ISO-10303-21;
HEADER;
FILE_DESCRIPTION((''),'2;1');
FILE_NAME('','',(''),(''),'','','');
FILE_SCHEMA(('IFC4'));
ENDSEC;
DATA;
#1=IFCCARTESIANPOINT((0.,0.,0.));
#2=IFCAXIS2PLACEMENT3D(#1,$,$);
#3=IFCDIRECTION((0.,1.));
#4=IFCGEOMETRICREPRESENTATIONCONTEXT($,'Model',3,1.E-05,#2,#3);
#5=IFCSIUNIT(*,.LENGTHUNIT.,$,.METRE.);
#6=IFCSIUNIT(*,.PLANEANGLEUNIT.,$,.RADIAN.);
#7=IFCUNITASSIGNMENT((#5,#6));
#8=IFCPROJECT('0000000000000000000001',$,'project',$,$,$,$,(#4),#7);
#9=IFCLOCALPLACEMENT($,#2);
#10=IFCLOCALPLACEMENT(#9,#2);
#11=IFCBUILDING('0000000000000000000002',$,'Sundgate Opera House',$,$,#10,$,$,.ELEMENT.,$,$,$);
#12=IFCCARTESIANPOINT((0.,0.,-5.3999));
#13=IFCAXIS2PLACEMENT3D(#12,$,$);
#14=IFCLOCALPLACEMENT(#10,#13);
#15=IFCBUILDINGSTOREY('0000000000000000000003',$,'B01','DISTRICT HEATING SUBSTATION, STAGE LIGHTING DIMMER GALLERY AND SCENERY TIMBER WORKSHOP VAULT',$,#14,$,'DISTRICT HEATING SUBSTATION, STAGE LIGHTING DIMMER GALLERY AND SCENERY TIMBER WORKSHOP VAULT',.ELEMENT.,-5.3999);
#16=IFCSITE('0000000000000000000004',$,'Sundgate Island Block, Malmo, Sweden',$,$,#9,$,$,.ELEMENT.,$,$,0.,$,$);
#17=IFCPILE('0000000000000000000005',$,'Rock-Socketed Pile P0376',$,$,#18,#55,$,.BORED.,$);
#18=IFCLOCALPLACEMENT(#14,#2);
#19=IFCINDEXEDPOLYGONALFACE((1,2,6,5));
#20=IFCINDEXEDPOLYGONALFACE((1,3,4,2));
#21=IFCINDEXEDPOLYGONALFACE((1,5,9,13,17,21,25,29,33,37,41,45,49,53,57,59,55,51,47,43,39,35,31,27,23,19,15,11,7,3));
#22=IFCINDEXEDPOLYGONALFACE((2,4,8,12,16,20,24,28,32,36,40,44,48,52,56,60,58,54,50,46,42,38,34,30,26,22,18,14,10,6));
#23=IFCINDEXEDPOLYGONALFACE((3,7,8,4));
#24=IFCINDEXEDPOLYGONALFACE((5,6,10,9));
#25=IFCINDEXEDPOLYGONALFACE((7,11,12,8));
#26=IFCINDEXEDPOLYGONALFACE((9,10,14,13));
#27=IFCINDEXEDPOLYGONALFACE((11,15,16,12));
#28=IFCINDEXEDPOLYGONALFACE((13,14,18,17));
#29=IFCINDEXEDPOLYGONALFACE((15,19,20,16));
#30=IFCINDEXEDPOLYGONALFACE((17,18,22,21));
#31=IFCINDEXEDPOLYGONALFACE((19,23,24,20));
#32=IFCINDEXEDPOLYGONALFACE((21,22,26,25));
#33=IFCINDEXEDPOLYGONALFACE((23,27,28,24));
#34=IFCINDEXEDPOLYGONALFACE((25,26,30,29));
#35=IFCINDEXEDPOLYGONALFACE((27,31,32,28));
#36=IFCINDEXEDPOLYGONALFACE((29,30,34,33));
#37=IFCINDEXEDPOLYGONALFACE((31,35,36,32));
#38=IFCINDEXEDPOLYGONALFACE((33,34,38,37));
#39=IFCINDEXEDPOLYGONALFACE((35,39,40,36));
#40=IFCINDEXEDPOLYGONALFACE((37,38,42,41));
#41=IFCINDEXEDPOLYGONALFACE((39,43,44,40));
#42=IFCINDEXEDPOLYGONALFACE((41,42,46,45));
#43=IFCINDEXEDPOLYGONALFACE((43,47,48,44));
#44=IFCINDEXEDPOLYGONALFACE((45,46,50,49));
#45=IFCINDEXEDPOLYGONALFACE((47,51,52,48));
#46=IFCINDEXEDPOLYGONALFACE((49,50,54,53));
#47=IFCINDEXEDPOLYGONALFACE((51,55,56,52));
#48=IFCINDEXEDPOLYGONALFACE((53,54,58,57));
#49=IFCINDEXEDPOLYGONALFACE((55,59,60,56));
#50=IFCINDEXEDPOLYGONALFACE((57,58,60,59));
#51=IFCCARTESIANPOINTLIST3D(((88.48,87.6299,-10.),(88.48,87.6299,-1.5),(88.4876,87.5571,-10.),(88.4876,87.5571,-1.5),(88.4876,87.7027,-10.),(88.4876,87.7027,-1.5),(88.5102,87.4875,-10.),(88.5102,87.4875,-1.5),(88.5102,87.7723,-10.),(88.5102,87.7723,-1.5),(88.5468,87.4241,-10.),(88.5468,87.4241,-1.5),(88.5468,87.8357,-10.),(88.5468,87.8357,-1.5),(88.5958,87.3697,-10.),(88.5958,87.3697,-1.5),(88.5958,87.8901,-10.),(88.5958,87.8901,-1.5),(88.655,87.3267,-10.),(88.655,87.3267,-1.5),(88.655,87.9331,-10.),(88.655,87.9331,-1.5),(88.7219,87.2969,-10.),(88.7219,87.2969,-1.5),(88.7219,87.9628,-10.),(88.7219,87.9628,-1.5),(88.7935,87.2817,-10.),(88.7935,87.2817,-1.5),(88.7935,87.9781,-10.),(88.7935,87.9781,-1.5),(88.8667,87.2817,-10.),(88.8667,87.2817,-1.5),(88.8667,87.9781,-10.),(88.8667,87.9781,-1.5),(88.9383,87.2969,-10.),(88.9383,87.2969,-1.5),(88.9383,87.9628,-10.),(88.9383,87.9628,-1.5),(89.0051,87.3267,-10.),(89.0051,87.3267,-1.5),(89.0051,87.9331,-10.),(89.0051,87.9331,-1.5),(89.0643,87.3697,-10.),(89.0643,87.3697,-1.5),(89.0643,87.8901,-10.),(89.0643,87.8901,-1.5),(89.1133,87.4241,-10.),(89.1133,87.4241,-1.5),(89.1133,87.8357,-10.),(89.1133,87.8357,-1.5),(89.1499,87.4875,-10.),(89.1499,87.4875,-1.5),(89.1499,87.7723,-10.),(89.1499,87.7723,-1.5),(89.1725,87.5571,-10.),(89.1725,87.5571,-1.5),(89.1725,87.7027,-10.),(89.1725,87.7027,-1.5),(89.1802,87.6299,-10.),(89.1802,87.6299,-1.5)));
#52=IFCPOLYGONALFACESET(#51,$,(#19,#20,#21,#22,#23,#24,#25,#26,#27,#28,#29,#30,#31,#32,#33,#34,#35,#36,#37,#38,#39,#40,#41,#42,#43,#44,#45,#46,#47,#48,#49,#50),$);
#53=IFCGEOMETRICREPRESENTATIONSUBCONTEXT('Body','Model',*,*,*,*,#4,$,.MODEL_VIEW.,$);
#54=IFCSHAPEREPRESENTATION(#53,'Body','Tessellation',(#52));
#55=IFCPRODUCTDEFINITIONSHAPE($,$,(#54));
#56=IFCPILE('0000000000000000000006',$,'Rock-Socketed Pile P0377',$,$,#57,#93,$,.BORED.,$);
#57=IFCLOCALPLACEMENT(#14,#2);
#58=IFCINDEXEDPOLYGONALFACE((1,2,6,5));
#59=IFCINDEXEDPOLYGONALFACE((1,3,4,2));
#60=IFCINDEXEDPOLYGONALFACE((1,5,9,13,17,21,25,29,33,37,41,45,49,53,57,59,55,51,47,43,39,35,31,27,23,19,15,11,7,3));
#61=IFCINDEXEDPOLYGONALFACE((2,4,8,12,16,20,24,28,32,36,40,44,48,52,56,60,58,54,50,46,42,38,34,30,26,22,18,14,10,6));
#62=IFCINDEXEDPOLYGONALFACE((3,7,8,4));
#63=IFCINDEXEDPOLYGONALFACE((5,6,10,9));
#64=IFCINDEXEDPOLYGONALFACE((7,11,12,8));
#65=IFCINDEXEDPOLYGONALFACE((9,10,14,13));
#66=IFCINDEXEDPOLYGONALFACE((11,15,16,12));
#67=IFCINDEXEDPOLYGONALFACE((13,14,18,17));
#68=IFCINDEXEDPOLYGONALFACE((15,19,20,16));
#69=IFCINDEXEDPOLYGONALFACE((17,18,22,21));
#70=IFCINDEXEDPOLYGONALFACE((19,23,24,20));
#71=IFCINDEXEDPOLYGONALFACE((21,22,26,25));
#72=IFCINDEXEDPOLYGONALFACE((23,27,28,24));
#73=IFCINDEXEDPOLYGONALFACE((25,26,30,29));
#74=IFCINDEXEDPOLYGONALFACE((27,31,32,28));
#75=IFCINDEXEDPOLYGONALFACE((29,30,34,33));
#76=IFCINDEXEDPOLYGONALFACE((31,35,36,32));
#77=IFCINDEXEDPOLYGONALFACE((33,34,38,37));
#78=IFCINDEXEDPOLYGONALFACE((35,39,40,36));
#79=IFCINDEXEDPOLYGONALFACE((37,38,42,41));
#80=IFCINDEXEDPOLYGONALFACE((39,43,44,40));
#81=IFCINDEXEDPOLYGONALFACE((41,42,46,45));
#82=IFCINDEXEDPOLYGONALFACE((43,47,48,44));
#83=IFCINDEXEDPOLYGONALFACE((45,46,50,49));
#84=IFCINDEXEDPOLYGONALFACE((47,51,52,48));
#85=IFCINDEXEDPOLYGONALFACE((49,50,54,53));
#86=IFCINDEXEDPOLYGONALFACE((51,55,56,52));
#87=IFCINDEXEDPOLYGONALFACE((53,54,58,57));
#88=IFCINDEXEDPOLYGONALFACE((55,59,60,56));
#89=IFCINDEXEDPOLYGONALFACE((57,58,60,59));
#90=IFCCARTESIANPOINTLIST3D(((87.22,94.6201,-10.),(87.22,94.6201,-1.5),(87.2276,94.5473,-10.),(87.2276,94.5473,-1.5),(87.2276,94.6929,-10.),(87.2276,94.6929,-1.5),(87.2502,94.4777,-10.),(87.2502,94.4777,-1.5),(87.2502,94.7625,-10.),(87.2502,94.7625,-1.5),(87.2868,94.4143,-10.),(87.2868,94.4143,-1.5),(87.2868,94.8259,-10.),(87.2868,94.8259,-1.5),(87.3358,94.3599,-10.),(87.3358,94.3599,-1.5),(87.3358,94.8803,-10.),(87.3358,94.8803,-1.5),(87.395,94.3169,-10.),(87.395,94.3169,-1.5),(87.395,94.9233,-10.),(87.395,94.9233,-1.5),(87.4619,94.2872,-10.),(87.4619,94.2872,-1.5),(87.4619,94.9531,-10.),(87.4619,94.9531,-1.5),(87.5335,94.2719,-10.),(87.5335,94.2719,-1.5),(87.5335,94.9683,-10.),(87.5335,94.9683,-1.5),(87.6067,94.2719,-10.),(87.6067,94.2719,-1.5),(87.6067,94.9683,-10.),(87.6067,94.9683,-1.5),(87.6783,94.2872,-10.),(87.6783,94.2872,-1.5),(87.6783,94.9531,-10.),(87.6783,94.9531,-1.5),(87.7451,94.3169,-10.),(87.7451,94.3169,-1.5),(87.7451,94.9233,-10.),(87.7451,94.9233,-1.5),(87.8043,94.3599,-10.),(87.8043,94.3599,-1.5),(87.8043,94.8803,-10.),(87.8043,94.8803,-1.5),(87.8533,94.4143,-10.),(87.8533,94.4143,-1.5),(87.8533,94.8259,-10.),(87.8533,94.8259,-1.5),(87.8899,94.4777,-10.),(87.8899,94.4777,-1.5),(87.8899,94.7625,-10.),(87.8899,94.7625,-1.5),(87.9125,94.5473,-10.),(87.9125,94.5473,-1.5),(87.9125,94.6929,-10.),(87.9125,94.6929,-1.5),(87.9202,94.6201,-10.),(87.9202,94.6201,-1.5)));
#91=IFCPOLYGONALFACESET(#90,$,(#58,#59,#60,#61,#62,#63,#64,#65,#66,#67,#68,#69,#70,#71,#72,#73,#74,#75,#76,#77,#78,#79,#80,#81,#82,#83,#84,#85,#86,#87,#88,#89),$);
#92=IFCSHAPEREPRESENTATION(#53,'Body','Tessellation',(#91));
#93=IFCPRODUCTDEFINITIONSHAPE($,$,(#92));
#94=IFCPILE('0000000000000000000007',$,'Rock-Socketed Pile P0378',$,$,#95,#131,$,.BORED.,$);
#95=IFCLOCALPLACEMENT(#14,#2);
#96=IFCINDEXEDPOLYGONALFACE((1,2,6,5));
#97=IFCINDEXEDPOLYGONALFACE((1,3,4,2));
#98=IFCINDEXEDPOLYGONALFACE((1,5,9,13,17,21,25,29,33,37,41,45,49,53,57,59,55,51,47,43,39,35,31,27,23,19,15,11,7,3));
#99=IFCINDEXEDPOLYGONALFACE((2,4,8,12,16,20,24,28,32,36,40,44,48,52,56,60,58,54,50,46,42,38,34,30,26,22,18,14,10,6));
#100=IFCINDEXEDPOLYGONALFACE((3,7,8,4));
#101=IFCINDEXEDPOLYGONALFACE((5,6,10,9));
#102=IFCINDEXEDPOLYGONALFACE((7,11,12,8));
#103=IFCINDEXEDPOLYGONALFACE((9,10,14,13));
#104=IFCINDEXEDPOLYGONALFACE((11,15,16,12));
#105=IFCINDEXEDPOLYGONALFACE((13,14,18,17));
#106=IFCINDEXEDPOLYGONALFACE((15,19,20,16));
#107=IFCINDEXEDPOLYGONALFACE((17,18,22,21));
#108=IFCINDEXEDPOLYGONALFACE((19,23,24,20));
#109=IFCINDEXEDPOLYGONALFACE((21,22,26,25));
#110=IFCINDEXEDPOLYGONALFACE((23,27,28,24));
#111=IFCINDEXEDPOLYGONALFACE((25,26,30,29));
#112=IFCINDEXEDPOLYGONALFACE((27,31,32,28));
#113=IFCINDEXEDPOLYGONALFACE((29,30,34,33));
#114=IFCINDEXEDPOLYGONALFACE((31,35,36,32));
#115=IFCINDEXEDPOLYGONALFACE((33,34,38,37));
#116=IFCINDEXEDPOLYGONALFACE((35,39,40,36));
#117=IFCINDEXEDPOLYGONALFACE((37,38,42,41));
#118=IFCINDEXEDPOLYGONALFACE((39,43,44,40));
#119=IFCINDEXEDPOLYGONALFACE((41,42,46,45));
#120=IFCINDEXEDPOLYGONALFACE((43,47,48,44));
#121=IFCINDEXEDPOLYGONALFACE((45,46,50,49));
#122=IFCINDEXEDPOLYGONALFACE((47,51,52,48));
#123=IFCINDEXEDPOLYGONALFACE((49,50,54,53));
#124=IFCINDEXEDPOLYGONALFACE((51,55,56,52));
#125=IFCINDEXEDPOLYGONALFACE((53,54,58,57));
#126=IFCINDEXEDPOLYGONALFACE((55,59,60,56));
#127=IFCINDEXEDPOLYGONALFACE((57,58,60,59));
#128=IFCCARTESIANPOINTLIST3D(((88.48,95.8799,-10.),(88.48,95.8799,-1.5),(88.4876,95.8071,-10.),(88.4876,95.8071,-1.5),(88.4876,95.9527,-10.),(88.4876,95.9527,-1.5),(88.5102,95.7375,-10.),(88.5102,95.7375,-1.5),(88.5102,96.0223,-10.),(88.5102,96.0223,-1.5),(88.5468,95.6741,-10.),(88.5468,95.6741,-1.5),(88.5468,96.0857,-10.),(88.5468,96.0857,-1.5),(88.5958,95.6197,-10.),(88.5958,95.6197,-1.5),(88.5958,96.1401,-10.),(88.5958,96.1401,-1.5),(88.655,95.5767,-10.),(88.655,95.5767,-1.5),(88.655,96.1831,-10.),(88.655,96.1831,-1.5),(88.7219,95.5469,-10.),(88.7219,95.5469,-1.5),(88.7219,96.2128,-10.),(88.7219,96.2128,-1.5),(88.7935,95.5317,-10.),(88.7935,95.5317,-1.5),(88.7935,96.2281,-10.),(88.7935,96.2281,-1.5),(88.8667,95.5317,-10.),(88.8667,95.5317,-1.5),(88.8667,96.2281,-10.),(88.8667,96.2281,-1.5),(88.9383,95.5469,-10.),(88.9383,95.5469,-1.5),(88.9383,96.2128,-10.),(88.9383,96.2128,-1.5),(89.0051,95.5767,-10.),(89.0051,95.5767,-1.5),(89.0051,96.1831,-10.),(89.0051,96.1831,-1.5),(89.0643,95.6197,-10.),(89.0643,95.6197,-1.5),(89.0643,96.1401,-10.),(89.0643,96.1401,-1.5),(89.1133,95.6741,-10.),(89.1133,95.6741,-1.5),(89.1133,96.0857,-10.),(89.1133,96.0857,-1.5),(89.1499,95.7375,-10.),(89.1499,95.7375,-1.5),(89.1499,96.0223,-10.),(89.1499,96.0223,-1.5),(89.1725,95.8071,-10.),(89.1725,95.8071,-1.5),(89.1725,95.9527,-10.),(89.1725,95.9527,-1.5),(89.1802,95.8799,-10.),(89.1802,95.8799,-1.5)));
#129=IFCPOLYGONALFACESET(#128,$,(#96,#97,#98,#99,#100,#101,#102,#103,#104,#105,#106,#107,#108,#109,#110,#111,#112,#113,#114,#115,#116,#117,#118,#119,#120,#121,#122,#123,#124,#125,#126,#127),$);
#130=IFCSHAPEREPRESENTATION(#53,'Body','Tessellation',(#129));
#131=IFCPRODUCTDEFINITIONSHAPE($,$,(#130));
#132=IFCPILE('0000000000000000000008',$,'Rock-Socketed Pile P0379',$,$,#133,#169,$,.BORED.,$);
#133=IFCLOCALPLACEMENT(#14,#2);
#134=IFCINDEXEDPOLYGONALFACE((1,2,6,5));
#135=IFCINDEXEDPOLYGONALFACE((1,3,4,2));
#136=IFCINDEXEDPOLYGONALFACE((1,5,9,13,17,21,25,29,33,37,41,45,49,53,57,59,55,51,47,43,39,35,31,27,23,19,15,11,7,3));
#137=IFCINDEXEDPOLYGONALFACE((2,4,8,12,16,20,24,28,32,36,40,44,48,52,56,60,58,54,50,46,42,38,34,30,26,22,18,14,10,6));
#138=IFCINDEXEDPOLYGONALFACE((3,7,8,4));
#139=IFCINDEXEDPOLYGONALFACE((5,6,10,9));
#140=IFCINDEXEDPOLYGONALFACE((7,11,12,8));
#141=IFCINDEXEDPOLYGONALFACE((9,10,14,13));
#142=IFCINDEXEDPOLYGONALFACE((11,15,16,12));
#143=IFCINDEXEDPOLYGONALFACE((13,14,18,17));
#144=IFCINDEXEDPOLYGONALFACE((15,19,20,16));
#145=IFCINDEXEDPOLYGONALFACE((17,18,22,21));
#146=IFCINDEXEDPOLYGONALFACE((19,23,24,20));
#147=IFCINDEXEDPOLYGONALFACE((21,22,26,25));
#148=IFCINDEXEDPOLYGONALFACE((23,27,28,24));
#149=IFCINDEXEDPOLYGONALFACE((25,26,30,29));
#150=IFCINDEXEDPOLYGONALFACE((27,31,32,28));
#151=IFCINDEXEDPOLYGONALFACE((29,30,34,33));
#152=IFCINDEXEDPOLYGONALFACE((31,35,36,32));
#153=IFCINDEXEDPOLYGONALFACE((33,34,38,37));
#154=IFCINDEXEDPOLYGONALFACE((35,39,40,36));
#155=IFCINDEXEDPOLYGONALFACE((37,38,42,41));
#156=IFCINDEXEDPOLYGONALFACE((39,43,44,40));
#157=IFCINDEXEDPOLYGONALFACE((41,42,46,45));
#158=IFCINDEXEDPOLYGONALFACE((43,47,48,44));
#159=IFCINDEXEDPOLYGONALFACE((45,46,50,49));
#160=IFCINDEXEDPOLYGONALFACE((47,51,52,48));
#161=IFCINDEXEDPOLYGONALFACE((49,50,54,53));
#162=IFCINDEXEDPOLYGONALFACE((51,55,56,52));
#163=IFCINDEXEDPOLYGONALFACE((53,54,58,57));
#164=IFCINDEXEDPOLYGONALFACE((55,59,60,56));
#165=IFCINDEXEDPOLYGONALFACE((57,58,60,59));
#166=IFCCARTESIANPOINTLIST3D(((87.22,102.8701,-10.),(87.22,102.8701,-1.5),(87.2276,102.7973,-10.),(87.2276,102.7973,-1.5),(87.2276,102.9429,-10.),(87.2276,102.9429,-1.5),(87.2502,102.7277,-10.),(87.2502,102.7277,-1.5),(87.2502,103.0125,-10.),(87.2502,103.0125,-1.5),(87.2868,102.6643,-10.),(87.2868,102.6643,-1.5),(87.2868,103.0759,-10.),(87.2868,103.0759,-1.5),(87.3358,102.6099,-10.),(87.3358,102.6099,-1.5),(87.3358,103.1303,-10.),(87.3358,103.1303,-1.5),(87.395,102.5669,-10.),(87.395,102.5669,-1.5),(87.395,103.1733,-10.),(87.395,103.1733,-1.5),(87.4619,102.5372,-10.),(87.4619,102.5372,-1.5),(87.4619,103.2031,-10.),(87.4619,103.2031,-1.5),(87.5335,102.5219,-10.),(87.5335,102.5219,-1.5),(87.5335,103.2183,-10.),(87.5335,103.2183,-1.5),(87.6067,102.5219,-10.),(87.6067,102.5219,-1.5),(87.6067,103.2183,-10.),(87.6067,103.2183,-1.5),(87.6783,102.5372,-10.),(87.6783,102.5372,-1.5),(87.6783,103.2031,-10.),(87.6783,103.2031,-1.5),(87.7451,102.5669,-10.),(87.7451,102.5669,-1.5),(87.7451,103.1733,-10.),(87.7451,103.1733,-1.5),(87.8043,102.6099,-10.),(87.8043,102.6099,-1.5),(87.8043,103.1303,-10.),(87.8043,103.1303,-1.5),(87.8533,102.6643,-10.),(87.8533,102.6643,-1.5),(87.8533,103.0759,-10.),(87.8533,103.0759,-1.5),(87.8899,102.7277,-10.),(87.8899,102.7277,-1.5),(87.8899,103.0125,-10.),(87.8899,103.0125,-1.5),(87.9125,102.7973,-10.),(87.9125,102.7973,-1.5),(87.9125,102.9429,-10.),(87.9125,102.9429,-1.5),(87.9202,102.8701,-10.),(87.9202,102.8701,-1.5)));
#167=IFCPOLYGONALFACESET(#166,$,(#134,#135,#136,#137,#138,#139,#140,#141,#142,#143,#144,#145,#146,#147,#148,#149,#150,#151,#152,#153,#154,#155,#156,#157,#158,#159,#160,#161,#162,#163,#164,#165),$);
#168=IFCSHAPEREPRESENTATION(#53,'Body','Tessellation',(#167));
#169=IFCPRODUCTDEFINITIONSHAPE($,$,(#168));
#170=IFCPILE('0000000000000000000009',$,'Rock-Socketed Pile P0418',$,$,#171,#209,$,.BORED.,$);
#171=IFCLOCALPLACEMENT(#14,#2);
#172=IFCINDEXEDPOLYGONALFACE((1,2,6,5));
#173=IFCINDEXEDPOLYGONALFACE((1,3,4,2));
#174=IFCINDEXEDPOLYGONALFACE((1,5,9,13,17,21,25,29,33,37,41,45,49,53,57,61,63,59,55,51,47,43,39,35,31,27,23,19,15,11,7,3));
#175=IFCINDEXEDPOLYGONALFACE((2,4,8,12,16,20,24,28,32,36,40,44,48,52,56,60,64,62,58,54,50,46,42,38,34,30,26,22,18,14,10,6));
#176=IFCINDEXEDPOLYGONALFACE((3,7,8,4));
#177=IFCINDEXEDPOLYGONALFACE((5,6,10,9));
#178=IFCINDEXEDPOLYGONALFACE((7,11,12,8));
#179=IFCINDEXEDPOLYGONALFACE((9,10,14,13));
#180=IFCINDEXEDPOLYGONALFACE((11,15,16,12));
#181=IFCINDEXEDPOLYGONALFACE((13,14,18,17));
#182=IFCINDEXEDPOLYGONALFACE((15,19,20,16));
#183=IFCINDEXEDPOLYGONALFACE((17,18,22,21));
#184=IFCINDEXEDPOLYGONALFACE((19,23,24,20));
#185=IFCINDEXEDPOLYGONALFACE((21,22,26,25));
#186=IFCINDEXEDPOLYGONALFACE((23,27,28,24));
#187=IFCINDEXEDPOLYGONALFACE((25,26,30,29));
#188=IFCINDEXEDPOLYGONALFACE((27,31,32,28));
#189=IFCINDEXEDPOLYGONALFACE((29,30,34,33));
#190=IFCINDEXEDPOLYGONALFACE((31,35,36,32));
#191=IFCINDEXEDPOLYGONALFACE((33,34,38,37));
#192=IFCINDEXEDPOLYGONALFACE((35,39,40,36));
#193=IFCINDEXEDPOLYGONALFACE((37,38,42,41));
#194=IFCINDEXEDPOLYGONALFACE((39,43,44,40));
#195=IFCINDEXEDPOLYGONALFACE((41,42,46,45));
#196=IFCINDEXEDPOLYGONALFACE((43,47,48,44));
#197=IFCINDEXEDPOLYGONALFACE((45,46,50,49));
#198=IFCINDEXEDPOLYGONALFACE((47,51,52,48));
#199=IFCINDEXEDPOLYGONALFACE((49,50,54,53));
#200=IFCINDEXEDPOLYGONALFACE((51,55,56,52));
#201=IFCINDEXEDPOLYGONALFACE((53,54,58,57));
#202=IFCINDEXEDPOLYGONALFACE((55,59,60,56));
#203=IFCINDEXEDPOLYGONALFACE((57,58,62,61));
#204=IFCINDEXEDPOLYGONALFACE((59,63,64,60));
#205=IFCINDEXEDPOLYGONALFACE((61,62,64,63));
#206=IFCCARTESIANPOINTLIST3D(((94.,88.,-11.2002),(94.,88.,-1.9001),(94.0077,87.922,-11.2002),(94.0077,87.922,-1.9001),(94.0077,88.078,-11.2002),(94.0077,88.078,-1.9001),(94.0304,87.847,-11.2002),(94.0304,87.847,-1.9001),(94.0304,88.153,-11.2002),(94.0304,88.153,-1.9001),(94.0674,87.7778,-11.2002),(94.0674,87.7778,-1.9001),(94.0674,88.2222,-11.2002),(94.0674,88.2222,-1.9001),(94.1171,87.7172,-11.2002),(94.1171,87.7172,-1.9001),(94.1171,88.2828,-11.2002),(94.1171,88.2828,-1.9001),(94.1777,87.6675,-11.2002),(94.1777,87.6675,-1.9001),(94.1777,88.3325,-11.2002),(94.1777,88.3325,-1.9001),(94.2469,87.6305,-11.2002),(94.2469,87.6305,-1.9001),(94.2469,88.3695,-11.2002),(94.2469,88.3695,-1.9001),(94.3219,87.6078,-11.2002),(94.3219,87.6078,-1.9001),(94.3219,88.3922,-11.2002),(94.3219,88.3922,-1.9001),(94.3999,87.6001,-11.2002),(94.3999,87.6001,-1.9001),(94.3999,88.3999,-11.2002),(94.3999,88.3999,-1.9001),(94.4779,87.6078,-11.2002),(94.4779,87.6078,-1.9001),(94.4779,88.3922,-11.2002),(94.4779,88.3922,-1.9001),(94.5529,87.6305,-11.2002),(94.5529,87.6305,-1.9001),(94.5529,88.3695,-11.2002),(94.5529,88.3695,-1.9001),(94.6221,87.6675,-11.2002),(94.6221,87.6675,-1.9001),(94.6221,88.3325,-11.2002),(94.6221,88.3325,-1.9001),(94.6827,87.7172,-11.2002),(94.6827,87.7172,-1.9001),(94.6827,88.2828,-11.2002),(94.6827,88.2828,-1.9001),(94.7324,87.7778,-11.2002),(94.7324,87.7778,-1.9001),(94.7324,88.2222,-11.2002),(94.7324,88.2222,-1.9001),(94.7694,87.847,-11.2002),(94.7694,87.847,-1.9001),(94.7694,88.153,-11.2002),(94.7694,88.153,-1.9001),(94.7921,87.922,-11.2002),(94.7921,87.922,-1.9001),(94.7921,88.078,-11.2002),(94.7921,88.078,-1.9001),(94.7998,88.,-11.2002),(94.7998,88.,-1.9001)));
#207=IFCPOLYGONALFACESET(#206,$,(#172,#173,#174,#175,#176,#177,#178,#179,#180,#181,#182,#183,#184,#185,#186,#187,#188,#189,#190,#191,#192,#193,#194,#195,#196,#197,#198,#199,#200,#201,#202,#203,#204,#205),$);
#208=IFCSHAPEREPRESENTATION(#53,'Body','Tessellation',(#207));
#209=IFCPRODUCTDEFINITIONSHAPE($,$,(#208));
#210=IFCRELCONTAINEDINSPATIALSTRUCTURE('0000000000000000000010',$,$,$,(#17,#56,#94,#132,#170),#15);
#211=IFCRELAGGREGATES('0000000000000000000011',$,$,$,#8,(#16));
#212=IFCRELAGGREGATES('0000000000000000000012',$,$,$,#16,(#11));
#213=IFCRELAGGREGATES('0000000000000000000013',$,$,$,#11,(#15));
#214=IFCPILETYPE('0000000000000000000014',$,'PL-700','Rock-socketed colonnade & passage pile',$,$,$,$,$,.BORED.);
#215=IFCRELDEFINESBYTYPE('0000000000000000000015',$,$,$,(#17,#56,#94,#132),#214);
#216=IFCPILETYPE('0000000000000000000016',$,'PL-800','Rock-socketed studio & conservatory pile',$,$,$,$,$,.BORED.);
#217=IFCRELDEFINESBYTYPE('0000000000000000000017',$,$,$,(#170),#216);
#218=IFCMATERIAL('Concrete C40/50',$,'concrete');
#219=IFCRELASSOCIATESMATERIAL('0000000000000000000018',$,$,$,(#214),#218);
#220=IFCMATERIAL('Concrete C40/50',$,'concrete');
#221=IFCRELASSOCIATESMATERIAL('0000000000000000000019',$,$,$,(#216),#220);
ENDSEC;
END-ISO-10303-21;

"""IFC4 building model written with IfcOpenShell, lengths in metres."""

from ifc_helpers import new_model, si_unit, direction, frame, origin, origin_2d, place, context, subcontext, project, spatial, circle, extrude, material, material_profile, profile_set, type_object, element, save


model = new_model("IFC4")

# Units and contexts
model_context = context("Model", 3, precision=1e-05, world=origin(), true_north=direction((0.0, 1.0)))
body_context = subcontext(model_context, "Body", "Model", "MODEL_VIEW")
ifc_project = project(units=[si_unit("LENGTHUNIT", "METRE"), si_unit("PLANEANGLEUNIT", "RADIAN")], contexts=[model_context])

# Site, building, storey
site_placement = place(None, origin())
site = spatial("IfcSite", under=ifc_project, at=site_placement, Name="Sundgate Island Block, Malmo, Sweden", CompositionType="ELEMENT", RefElevation=0.0)
building_placement = place(site_placement, origin())
building = spatial("IfcBuilding", under=site, at=building_placement, Name="Sundgate Opera House", CompositionType="ELEMENT")
storey_placement = place(building_placement, frame((0.0, 0.0, -5.3999)))
storey = spatial("IfcBuildingStorey", under=building, at=storey_placement, Name="B01", Description="DISTRICT HEATING SUBSTATION, STAGE LIGHTING DIMMER GALLERY AND SCENERY TIMBER WORKSHOP VAULT", LongName="DISTRICT HEATING SUBSTATION, STAGE LIGHTING DIMMER GALLERY AND SCENERY TIMBER WORKSHOP VAULT", CompositionType="ELEMENT", Elevation=-5.3999)

# Piles
ifc_material_1 = material(Name="Concrete C40/50", Category="concrete")
ifc_material_profile_1 = material_profile(ifc_material_1, circle(Radius=0.3501, at=origin_2d()), Name="PILE D700")
ifc_profile_set_1 = profile_set([ifc_material_profile_1], Name="Concrete C40/50")
pile_type_1 = type_object("IfcPileType", Name="PL-700", Description="Rock-socketed colonnade & passage pile", PredefinedType="BORED", material=ifc_profile_set_1)
for number, where, z_axis, x_axis, name in (
    (1, (88.8301, 87.6299, -1.5), (0.0, 0.0, -1.0), (1.0, 0.0, 0.0), "Rock-Socketed Pile P0376"),
    (2, (87.5701, 94.6201, -1.5), (0.0, 0.0, -1.0), (1.0, 0.0, 0.0), "Rock-Socketed Pile P0377"),
    (3, (88.8301, 95.8799, -1.5), (0.0, 0.0, -1.0), (1.0, 0.0, 0.0), "Rock-Socketed Pile P0378"),
    (4, (87.5701, 102.8701, -1.5), (0.0, 0.0, -1.0), (1.0, 0.0, 0.0), "Rock-Socketed Pile P0379"),
):
    element("IfcPile", number, at=place(storey_placement, frame(where, z_axis=z_axis, x_axis=x_axis)), inside=storey, type_object=pile_type_1, Name=name, PredefinedType="BORED", context=body_context, shape_type="SweptSolid", body=[
        extrude(circle(Radius=0.3501, at=origin_2d()), origin(), (0.0, 0.0, 1.0), 8.5),
    ])
ifc_material_2 = material(Name="Concrete C40/50", Category="concrete")
ifc_material_profile_2 = material_profile(ifc_material_2, circle(Radius=0.3999, at=origin_2d()), Name="PILE D800")
ifc_profile_set_2 = profile_set([ifc_material_profile_2], Name="Concrete C40/50")
pile_type_2 = type_object("IfcPileType", Name="PL-800", Description="Rock-socketed studio & conservatory pile", PredefinedType="BORED", material=ifc_profile_set_2)
for number, where, z_axis, x_axis, name in (
    (5, (94.3999, 88.0, -1.9001), (0.0, 0.0, -1.0), (1.0, 0.0, 0.0), "Rock-Socketed Pile P0418"),
):
    element("IfcPile", number, at=place(storey_placement, frame(where, z_axis=z_axis, x_axis=x_axis)), inside=storey, type_object=pile_type_2, Name=name, PredefinedType="BORED", context=body_context, shape_type="SweptSolid", body=[
        extrude(circle(Radius=0.3999, at=origin_2d()), origin(), (0.0, 0.0, 1.0), 9.3),
    ])

save(model, "model.ifc")
